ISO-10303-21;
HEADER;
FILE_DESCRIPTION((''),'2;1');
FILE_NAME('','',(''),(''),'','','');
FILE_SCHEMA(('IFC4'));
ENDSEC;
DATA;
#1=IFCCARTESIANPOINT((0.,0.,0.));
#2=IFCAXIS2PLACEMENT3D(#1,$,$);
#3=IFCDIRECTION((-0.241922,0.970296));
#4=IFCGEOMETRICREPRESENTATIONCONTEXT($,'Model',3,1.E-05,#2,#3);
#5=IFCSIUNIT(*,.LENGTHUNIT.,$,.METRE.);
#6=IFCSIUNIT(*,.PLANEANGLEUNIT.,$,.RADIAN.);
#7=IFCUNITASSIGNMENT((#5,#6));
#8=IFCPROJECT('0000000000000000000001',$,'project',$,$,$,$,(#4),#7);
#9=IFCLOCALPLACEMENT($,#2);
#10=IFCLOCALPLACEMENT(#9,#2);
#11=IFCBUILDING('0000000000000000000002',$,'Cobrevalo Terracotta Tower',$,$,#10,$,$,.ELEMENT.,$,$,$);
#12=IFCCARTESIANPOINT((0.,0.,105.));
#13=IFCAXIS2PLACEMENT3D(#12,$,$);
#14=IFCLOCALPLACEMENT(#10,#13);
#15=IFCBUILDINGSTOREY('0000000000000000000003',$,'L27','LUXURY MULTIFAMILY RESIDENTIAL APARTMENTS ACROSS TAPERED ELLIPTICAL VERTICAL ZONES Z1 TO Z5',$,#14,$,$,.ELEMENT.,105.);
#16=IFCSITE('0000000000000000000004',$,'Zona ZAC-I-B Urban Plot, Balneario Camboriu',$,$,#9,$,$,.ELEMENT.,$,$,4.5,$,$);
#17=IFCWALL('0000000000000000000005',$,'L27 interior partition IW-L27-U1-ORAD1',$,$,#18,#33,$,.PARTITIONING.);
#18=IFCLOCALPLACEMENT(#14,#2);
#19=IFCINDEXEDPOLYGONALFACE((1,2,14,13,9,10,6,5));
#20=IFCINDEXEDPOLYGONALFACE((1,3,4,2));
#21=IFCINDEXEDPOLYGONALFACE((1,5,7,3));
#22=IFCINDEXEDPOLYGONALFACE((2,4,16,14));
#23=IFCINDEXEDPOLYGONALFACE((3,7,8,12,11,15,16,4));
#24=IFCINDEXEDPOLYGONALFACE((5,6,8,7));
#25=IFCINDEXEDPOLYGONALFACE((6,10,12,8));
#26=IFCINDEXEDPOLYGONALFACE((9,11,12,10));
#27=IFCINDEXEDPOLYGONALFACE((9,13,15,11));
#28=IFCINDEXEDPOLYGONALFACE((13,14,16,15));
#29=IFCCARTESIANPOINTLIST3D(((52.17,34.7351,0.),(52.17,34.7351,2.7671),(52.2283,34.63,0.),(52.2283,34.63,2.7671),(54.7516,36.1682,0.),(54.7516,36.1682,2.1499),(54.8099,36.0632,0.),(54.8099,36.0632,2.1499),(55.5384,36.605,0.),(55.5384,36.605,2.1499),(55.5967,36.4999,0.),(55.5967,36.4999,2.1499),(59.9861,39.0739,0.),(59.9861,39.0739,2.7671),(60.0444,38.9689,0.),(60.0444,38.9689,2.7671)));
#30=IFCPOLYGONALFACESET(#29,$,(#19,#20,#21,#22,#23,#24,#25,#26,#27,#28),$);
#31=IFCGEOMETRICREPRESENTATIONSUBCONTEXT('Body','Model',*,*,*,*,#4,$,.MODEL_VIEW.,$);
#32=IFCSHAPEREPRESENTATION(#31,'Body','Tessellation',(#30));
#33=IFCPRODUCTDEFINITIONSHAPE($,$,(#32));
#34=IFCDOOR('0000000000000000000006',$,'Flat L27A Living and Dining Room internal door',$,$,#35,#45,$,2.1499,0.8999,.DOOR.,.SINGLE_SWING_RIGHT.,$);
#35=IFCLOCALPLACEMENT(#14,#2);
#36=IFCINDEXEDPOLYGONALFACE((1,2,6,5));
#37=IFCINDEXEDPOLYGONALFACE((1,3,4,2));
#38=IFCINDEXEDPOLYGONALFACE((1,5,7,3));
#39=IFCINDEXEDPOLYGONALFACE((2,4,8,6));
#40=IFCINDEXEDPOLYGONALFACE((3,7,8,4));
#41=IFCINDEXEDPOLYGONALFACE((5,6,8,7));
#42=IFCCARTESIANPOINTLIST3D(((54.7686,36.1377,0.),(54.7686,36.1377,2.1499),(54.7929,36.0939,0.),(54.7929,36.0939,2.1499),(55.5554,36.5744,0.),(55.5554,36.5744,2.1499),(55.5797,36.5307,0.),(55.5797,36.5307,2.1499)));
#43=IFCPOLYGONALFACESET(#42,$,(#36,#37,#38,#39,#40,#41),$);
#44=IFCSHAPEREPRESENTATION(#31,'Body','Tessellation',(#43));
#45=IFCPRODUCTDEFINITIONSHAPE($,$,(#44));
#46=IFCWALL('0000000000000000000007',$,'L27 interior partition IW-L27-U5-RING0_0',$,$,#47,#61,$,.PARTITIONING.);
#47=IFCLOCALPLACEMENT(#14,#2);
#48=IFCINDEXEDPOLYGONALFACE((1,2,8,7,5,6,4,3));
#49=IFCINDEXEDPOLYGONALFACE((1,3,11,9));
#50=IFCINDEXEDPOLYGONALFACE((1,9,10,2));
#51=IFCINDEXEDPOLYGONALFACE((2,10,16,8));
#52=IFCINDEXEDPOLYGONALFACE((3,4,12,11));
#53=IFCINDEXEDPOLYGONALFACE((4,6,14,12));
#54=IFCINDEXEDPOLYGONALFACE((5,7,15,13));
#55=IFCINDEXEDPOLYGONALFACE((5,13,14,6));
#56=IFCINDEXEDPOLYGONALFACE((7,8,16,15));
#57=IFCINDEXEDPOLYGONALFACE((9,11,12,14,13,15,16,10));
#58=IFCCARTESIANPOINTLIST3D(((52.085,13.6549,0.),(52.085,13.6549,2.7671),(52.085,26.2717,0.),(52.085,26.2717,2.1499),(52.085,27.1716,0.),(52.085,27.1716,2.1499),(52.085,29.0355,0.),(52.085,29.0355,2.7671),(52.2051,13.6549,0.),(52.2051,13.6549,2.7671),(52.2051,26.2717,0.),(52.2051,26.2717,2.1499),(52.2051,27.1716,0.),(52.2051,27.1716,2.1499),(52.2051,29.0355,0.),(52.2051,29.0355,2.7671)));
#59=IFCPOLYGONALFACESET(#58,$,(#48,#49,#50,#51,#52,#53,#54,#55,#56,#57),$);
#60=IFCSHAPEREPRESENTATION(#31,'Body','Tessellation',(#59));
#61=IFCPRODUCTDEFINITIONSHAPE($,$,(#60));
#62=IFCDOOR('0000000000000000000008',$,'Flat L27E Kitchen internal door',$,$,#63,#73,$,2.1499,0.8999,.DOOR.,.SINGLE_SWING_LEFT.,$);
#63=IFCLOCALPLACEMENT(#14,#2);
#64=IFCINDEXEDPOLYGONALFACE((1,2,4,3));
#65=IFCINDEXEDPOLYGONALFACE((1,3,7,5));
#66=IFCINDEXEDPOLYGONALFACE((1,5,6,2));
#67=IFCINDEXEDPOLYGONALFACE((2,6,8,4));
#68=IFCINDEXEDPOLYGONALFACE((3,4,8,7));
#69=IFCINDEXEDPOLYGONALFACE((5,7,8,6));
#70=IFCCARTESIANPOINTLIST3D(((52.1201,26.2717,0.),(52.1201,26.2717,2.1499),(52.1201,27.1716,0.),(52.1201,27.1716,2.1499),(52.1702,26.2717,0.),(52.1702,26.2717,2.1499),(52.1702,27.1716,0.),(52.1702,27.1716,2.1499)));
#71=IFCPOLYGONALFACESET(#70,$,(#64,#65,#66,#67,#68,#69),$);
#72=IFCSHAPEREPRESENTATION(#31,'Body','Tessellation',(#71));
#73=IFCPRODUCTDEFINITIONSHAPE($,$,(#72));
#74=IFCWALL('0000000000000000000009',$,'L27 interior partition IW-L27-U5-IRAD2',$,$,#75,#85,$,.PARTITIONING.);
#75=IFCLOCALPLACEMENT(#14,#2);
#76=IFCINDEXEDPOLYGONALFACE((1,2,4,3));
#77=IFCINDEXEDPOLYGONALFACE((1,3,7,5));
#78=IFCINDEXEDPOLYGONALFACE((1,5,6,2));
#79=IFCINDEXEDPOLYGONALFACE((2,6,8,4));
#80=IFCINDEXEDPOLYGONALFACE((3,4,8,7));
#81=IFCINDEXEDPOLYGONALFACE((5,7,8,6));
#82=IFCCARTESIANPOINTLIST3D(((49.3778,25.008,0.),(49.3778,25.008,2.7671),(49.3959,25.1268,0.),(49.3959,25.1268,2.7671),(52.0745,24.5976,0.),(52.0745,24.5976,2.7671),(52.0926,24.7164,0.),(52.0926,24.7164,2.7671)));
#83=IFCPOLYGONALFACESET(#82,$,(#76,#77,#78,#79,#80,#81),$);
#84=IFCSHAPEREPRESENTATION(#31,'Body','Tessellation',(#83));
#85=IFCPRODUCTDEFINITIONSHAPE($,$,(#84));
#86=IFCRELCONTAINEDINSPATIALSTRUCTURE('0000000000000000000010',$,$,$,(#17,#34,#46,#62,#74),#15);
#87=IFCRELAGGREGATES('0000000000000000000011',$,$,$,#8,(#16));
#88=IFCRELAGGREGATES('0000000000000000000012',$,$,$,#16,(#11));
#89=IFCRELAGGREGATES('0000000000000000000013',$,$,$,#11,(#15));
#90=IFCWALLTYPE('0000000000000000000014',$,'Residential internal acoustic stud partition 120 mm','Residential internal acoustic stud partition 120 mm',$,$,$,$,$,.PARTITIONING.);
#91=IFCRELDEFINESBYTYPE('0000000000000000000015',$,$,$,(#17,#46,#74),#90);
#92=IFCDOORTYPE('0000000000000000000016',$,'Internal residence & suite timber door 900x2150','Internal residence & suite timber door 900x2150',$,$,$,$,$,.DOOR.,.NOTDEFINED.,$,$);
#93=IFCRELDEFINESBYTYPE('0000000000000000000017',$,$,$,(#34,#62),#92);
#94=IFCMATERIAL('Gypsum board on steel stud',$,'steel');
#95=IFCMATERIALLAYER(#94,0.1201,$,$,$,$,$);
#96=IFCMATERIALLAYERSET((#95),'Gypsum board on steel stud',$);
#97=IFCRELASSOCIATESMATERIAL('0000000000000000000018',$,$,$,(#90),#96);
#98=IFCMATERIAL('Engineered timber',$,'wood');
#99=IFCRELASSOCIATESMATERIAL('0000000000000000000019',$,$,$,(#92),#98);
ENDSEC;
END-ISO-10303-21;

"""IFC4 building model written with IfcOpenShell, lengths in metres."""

from ifc_helpers import new_model, si_unit, direction, frame, frame_2d, origin, place, context, subcontext, project, spatial, rectangle, extrude, source, transform, mapped, material, layer, layer_set, type_object, element, fill, save


model = new_model("IFC4")

# Units and contexts
model_context = context("Model", 3, precision=1e-05, world=origin(), true_north=direction((-0.241922, 0.970296)))
body_context = subcontext(model_context, "Body", "Model", "MODEL_VIEW")
ifc_project = project(units=[si_unit("LENGTHUNIT", "METRE"), si_unit("PLANEANGLEUNIT", "RADIAN")], contexts=[model_context])

# Site, building, storey
site_placement = place(None, origin())
site = spatial("IfcSite", under=ifc_project, at=site_placement, Name="Zona ZAC-I-B Urban Plot, Balneario Camboriu", CompositionType="ELEMENT", RefElevation=4.5)
building_placement = place(site_placement, origin())
building = spatial("IfcBuilding", under=site, at=building_placement, Name="Cobrevalo Terracotta Tower", CompositionType="ELEMENT")
storey_placement = place(building_placement, frame((0.0, 0.0, 105.0)))
storey = spatial("IfcBuildingStorey", under=building, at=storey_placement, Name="L27", Description="LUXURY MULTIFAMILY RESIDENTIAL APARTMENTS ACROSS TAPERED ELLIPTICAL VERTICAL ZONES Z1 TO Z5", CompositionType="ELEMENT", Elevation=105.0)

# Walls, openings, doors
ifc_material_1 = material(Name="Gypsum board on steel stud", Category="steel")
ifc_layer_1 = layer(ifc_material_1, 0.1201)
ifc_layer_set_1 = layer_set([ifc_layer_1], Name="Gypsum board on steel stud")
wall_type_1 = type_object("IfcWallType", Name="Residential internal acoustic stud partition 120 mm", Description="Residential internal acoustic stud partition 120 mm", PredefinedType="PARTITIONING", material=ifc_layer_set_1)
wall_1_placement = place(storey_placement, frame((52.1992, 34.6826, 0.0), z_axis=(0.0, 0.0, 1.0), x_axis=(0.874321, 0.485348, 0.0)))
wall_1 = element("IfcWall", 1, at=wall_1_placement, inside=storey, type_object=wall_type_1, Name="L27 interior partition IW-L27-U1-ORAD1", PredefinedType="PARTITIONING", context=body_context, shape_type="SweptSolid", body=[
    extrude(rectangle(XDim=8.9397, YDim=0.1201, at=frame_2d((4.4697, 0.0))), origin(), (0.0, 0.0, 1.0), 2.7671),
])
opening_1_placement = place(wall_1_placement, frame((2.9526, 0.0, 0.0)))
opening_1 = element("IfcOpeningElement", 2, at=opening_1_placement, cuts=wall_1, PredefinedType="OPENING", context=body_context, shape_type="SweptSolid", body=[
    extrude(rectangle(XDim=0.8999, YDim=2.1499, at=frame_2d((0.45, 1.075))), frame((0.0, 0.0701, 0.0), z_axis=(0.0, -1.0, 0.0), x_axis=(1.0, 0.0, 0.0)), (0.0, 0.0, 1.0), 0.1401),
])
ifc_material_2 = material(Name="Engineered timber", Category="wood")
door_type_1 = type_object("IfcDoorType", Name="Internal residence & suite timber door 900x2150", Description="Internal residence & suite timber door 900x2150", OperationType="NOTDEFINED", PredefinedType="DOOR", material=ifc_material_2)
shared_shape_1 = source(origin(), body_context, "Body", "SweptSolid", [
    extrude(rectangle(XDim=0.8999, YDim=2.1499, at=frame_2d((0.45, 1.075))), frame((0.0, 0.0249, 0.0), z_axis=(0.0, -1.0, 0.0), x_axis=(1.0, 0.0, 0.0)), (0.0, 0.0, 1.0), 0.05),
])
door_1_placement = place(opening_1_placement, frame((0.8999, 0.0, 0.0), z_axis=(0.0, 0.0, 1.0), x_axis=(-1.0, 0.0, 0.0)))
door_1 = element("IfcDoor", 3, at=door_1_placement, inside=storey, type_object=door_type_1, Name="Flat L27A Living and Dining Room internal door", OperationType="SINGLE_SWING_RIGHT", OverallHeight=2.1499, OverallWidth=0.8999, PredefinedType="DOOR", context=body_context, shape_type="MappedRepresentation", body=[
    mapped(shared_shape_1, transform((0.0, 0.0, 0.0), scale=1.0)),
])
fill(opening_1, door_1)
wall_2_placement = place(storey_placement, frame((52.145, 29.0356, 0.0), z_axis=(0.0, 0.0, 1.0), x_axis=(0.0, -1.0, 0.0)))
wall_2 = element("IfcWall", 4, at=wall_2_placement, inside=storey, type_object=wall_type_1, Name="L27 interior partition IW-L27-U5-RING0_0", PredefinedType="PARTITIONING", context=body_context, shape_type="SweptSolid", body=[
    extrude(rectangle(XDim=15.3806, YDim=0.1201, at=frame_2d((7.6904, 0.0))), origin(), (0.0, 0.0, 1.0), 2.7671),
])
opening_2_placement = place(wall_2_placement, frame((1.864, 0.0, 0.0)))
opening_2 = element("IfcOpeningElement", 5, at=opening_2_placement, cuts=wall_2, PredefinedType="OPENING", context=body_context, shape_type="SweptSolid", body=[
    extrude(rectangle(XDim=0.8999, YDim=2.1499, at=frame_2d((0.45, 1.075))), frame((0.0, 0.0701, 0.0), z_axis=(0.0, -1.0, 0.0), x_axis=(1.0, 0.0, 0.0)), (0.0, 0.0, 1.0), 0.1401),
])
door_2_placement = place(opening_2_placement, frame((0.8999, 0.0, 0.0), z_axis=(0.0, 0.0, 1.0), x_axis=(-1.0, 0.0, 0.0)))
door_2 = element("IfcDoor", 6, at=door_2_placement, inside=storey, type_object=door_type_1, Name="Flat L27E Kitchen internal door", OperationType="SINGLE_SWING_LEFT", OverallHeight=2.1499, OverallWidth=0.8999, PredefinedType="DOOR", context=body_context, shape_type="MappedRepresentation", body=[
    mapped(shared_shape_1, transform((0.0, 0.0, 0.0), scale=1.0)),
])
fill(opening_2, door_2)

# Wall
wall_3_placement = place(storey_placement, frame((49.387, 25.0674, 0.0), z_axis=(0.0, 0.0, 1.0), x_axis=(0.988618, -0.15045, 0.0)))
element("IfcWall", 7, at=wall_3_placement, inside=storey, type_object=wall_type_1, Name="L27 interior partition IW-L27-U5-IRAD2", PredefinedType="PARTITIONING", context=body_context, shape_type="SweptSolid", body=[
    extrude(rectangle(XDim=2.7278, YDim=0.1201, at=frame_2d((1.3638, 0.0))), origin(), (0.0, 0.0, 1.0), 2.7671),
])

save(model, "model.ifc")
